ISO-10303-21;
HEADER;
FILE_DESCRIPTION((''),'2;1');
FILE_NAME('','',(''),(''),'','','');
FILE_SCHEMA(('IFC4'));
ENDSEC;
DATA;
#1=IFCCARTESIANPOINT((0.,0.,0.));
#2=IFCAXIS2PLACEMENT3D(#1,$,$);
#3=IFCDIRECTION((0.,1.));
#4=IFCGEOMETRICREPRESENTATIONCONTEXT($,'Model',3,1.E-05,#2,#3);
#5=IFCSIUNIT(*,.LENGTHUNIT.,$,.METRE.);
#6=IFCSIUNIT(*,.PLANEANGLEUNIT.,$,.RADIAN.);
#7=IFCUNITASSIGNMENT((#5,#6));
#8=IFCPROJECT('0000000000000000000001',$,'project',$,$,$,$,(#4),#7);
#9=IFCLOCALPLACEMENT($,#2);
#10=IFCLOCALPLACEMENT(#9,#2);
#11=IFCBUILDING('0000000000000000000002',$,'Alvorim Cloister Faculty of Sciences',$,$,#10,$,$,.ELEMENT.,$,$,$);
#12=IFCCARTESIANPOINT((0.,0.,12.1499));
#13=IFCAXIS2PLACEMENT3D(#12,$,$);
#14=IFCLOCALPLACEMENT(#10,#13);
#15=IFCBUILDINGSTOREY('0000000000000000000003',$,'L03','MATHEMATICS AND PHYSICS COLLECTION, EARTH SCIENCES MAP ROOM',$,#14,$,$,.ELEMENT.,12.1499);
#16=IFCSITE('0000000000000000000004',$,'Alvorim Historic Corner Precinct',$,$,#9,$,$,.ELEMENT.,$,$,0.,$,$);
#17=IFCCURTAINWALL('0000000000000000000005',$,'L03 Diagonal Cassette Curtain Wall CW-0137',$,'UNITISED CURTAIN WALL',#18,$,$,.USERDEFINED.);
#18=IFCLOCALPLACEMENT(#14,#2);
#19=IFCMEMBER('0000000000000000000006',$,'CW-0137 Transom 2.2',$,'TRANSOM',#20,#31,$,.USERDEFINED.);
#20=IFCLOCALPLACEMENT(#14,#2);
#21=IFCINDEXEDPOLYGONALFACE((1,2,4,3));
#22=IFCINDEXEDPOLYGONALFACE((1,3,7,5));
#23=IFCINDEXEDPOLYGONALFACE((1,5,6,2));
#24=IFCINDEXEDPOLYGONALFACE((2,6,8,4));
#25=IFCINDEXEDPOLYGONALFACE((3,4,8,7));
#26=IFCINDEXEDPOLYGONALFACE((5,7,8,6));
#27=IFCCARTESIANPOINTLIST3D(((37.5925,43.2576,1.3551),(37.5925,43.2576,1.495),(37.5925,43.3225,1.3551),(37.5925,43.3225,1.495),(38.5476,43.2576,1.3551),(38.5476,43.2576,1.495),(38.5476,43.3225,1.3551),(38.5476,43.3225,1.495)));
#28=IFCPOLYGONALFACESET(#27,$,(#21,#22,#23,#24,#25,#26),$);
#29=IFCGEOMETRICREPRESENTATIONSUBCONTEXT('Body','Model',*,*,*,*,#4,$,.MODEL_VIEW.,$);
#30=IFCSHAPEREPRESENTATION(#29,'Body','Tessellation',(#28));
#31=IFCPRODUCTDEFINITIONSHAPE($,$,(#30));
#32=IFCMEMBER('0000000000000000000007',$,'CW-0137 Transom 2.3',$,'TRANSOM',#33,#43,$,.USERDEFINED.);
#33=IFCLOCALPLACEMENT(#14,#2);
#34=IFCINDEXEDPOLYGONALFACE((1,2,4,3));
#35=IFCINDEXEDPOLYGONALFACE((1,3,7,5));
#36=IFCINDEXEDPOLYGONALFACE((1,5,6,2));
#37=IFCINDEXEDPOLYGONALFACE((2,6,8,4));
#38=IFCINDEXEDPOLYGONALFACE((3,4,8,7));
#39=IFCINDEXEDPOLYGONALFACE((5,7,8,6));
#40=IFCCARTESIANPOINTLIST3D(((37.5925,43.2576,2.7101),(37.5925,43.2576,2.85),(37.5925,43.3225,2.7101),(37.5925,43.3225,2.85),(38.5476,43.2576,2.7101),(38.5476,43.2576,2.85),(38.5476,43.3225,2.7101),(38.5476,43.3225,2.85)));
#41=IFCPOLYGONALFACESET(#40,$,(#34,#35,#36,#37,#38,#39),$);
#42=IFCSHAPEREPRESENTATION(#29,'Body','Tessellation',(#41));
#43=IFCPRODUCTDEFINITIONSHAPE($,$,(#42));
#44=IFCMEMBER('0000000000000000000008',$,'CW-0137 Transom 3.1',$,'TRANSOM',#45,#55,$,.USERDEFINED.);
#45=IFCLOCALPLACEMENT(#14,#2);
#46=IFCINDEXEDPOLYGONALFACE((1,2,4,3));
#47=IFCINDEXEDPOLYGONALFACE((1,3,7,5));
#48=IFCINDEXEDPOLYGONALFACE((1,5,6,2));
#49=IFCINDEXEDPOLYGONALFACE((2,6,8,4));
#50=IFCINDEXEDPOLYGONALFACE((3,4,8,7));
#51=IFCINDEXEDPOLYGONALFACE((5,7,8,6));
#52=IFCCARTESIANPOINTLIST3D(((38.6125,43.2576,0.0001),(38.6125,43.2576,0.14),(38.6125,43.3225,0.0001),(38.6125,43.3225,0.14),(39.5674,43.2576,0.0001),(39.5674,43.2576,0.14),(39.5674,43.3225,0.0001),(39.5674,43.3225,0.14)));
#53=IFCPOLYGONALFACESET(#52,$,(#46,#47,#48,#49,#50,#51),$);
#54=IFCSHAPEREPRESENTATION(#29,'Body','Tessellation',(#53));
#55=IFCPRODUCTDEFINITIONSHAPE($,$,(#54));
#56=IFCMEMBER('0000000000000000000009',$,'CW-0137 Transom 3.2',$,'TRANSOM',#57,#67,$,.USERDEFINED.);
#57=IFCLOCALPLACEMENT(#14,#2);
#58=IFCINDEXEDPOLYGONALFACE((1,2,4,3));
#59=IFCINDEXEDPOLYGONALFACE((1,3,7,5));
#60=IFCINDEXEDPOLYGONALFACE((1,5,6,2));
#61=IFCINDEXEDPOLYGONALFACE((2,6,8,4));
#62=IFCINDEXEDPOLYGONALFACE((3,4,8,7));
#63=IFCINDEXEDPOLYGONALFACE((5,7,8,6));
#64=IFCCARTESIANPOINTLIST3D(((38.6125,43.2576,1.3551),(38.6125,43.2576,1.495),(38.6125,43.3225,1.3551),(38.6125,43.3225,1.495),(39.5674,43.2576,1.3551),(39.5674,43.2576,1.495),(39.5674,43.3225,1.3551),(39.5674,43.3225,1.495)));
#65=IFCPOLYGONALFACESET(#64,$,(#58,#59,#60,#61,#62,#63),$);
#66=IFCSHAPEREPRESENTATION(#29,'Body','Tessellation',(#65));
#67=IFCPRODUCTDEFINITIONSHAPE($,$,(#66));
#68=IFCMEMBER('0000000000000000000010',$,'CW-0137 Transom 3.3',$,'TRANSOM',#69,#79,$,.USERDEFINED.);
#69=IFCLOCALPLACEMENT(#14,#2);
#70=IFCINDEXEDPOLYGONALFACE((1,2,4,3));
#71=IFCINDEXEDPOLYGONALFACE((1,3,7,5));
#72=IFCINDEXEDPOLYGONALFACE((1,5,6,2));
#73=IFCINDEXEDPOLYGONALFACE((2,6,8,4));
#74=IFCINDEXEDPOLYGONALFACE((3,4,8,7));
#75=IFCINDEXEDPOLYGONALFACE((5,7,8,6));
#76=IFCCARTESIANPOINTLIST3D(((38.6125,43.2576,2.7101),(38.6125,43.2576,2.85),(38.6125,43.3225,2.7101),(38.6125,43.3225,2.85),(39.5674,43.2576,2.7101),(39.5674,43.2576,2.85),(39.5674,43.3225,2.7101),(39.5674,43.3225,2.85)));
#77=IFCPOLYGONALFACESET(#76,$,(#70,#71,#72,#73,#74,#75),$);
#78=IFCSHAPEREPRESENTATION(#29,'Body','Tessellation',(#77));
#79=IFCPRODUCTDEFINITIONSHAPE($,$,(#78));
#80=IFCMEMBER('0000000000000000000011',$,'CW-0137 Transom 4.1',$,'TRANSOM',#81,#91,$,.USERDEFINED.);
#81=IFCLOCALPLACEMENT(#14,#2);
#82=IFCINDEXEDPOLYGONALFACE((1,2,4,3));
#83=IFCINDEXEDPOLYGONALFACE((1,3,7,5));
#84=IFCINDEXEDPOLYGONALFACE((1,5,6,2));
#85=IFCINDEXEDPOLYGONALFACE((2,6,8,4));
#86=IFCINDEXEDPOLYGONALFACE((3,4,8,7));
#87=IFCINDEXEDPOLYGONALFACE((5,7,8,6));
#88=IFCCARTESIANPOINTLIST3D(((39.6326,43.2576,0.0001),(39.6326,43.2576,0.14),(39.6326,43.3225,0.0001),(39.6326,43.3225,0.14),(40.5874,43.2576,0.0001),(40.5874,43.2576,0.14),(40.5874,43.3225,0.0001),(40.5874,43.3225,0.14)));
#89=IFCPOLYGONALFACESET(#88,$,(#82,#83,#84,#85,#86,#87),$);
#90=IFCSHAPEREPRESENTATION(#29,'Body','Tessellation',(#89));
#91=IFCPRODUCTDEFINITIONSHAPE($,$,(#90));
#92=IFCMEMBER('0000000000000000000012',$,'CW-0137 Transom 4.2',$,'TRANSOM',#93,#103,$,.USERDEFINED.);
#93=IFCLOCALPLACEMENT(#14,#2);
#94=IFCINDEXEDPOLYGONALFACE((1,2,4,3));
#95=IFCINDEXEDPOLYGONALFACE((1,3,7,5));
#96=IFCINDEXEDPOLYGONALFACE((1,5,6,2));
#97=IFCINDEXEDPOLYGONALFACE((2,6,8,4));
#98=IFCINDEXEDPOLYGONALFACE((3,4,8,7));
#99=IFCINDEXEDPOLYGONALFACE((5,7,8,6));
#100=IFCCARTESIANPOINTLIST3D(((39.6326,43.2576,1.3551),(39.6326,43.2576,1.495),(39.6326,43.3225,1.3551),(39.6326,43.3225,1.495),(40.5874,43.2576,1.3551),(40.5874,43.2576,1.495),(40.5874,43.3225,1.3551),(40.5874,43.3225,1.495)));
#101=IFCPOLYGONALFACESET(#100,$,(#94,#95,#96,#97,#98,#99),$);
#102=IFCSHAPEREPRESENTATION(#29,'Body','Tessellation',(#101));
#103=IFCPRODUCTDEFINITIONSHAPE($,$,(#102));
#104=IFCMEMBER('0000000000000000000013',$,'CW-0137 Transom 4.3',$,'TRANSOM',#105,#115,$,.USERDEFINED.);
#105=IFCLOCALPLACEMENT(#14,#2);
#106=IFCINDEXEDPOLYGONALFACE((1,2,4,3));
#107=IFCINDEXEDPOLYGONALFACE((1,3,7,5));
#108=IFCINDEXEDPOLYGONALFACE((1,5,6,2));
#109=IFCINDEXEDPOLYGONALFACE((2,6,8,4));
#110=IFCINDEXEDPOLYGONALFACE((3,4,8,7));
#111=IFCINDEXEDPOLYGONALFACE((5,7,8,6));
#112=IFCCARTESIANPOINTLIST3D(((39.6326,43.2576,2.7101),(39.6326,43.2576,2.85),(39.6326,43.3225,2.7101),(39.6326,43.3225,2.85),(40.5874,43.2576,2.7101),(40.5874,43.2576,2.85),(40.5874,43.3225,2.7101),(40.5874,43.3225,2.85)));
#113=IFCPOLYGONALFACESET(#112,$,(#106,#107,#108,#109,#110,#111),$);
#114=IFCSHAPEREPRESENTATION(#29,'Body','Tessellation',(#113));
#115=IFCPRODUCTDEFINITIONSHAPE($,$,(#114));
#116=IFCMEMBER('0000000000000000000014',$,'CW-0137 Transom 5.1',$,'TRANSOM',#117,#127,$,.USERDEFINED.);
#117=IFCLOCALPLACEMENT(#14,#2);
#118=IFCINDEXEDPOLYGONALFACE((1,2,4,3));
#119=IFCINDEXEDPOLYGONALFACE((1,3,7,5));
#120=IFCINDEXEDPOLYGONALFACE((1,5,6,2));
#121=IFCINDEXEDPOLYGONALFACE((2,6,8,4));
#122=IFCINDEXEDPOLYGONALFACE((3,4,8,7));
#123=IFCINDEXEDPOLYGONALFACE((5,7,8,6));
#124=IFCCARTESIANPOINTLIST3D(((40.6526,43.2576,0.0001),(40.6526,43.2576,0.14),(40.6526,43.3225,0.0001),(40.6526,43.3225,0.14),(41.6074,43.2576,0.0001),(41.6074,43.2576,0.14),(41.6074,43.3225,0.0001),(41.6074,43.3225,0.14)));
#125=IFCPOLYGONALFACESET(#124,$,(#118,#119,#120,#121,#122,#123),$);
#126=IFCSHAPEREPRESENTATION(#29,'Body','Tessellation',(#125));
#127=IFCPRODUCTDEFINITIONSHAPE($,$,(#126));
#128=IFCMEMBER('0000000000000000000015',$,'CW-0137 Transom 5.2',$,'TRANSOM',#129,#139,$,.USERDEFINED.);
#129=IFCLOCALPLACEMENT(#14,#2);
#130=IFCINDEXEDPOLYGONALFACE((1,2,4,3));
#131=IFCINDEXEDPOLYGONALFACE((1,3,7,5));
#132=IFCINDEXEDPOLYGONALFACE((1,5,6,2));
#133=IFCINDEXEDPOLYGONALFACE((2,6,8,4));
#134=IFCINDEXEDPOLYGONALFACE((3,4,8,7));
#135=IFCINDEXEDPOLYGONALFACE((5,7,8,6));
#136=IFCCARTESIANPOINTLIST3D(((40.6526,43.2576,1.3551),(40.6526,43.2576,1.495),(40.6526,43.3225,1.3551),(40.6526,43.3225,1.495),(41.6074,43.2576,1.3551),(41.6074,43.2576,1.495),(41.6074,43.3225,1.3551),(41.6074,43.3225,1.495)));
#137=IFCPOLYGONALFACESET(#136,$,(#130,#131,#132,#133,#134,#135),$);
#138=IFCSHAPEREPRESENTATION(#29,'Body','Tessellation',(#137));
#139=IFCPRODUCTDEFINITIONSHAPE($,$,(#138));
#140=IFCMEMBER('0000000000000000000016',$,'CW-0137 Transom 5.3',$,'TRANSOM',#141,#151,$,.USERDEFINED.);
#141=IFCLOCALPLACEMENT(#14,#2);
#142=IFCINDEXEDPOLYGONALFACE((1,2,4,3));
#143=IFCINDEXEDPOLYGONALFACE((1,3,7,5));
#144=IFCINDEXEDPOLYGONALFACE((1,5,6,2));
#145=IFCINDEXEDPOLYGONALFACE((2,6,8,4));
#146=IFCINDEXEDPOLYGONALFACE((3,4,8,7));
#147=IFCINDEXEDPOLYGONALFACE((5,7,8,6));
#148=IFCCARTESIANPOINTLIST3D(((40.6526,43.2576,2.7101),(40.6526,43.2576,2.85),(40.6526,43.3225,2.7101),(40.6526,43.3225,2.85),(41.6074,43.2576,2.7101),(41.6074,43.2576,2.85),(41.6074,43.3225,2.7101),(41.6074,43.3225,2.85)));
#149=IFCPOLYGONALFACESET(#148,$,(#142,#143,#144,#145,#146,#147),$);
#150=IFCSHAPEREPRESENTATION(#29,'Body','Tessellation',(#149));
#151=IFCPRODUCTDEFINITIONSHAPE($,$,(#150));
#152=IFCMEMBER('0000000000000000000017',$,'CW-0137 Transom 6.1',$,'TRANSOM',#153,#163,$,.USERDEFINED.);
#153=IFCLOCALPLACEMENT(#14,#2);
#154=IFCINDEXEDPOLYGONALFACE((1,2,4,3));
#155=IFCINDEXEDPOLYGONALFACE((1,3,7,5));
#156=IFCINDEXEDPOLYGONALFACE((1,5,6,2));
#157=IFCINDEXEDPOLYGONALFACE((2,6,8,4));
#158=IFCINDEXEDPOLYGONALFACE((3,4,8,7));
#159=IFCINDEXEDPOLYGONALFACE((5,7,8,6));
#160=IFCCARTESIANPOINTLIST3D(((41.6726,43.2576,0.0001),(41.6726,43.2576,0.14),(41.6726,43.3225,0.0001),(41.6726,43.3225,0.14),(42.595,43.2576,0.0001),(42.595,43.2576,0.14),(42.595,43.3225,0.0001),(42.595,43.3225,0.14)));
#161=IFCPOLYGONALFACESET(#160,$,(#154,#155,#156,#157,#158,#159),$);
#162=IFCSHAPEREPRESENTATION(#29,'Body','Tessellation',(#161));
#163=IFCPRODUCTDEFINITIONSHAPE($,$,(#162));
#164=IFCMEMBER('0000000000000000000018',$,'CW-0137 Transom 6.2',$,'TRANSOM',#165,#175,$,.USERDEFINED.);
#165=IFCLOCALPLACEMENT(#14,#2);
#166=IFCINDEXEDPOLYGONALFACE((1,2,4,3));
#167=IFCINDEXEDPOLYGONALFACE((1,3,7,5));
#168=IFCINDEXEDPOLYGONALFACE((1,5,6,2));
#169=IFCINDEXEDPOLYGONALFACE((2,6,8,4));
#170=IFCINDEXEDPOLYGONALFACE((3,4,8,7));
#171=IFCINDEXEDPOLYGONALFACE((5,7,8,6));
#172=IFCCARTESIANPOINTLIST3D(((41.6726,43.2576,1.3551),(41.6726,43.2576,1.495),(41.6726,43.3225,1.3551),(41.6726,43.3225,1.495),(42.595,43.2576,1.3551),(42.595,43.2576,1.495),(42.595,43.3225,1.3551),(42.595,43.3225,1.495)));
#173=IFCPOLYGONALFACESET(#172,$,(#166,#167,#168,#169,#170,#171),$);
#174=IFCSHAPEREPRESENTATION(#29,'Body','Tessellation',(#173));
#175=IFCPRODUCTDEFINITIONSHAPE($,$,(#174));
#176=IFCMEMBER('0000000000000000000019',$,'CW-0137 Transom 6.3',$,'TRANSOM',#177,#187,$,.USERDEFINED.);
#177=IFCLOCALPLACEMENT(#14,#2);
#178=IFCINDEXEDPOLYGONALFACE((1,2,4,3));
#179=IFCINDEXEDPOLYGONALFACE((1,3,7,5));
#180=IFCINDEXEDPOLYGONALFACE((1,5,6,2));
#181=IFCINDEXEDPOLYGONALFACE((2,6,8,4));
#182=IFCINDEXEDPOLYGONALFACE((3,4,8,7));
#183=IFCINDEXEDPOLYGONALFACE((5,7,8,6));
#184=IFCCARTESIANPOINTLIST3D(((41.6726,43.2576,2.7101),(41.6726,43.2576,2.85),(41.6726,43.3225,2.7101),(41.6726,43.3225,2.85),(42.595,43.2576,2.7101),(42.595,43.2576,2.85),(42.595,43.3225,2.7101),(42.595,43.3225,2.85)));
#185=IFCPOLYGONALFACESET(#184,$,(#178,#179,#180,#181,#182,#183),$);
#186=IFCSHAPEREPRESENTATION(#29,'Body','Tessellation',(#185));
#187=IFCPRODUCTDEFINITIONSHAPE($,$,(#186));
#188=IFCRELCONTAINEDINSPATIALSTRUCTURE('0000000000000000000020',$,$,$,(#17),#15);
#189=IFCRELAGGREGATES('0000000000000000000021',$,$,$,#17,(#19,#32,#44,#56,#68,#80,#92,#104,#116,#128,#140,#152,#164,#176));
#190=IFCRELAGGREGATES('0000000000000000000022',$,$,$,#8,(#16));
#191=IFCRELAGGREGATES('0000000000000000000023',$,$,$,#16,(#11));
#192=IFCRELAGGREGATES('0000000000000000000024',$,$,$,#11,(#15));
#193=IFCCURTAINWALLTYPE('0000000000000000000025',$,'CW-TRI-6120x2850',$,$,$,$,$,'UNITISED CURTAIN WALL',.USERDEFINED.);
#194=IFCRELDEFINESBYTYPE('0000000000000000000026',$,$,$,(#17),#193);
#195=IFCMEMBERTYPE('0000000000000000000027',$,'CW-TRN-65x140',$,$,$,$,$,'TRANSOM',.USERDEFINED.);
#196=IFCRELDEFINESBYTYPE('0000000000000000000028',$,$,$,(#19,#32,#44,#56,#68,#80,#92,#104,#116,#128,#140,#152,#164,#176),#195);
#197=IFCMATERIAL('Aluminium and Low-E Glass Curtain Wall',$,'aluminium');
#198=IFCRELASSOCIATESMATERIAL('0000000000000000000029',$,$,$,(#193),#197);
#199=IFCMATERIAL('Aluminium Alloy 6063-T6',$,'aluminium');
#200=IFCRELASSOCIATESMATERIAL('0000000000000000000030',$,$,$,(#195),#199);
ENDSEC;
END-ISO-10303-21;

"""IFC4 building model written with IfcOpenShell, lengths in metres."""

from ifc_helpers import new_model, si_unit, direction, frame, origin, origin_2d, place, context, subcontext, project, spatial, rectangle, extrude, material, material_profile, profile_set, type_object, element, aggregate, save


model = new_model("IFC4")

# Units and contexts
model_context = context("Model", 3, precision=1e-05, world=origin(), true_north=direction((0.0, 1.0)))
body_context = subcontext(model_context, "Body", "Model", "MODEL_VIEW")
ifc_project = project(units=[si_unit("LENGTHUNIT", "METRE"), si_unit("PLANEANGLEUNIT", "RADIAN")], contexts=[model_context])

# Site, building, storey
site_placement = place(None, origin())
site = spatial("IfcSite", under=ifc_project, at=site_placement, Name="Alvorim Historic Corner Precinct", CompositionType="ELEMENT", RefElevation=0.0)
building_placement = place(site_placement, origin())
building = spatial("IfcBuilding", under=site, at=building_placement, Name="Alvorim Cloister Faculty of Sciences", CompositionType="ELEMENT")
storey_placement = place(building_placement, frame((0.0, 0.0, 12.1499)))
storey = spatial("IfcBuildingStorey", under=building, at=storey_placement, Name="L03", Description="MATHEMATICS AND PHYSICS COLLECTION, EARTH SCIENCES MAP ROOM", CompositionType="ELEMENT", Elevation=12.1499)

# Curtain wall, members
ifc_material_1 = material(Name="Aluminium and Low-E Glass Curtain Wall", Category="aluminium")
curtain_wall_type = type_object("IfcCurtainWallType", Name="CW-TRI-6120x2850", ElementType="UNITISED CURTAIN WALL", PredefinedType="USERDEFINED", material=ifc_material_1)
curtain_wall_placement = place(storey_placement, origin())
curtain_wall = element("IfcCurtainWall", 1, at=curtain_wall_placement, inside=storey, type_object=curtain_wall_type, Name="L03 Diagonal Cassette Curtain Wall CW-0137", ObjectType="UNITISED CURTAIN WALL", PredefinedType="USERDEFINED")
ifc_material_2 = material(Name="Aluminium Alloy 6063-T6", Category="aluminium")
ifc_material_profile_1 = material_profile(ifc_material_2, rectangle(XDim=0.0649, YDim=0.1399, at=origin_2d()), Name="ALU-TRN-65x140")
ifc_profile_set_1 = profile_set([ifc_material_profile_1], Name="Aluminium Alloy 6063-T6")
member_type_1 = type_object("IfcMemberType", Name="CW-TRN-65x140", ElementType="TRANSOM", PredefinedType="USERDEFINED", material=ifc_profile_set_1)
member_1_placement = place(storey_placement, frame((37.5925, 43.29, 1.425), z_axis=(1.0, 0.0, 0.0), x_axis=(0.0, 1.0, 0.0)))
member_1 = element("IfcMember", 2, at=member_1_placement, type_object=member_type_1, Name="CW-0137 Transom 2.2", ObjectType="TRANSOM", PredefinedType="USERDEFINED", context=body_context, shape_type="SweptSolid", body=[
    extrude(rectangle(XDim=0.0649, YDim=0.1399, at=origin_2d()), origin(), (0.0, 0.0, 1.0), 0.9551),
])
member_2_placement = place(storey_placement, frame((37.5925, 43.29, 2.78), z_axis=(1.0, 0.0, 0.0), x_axis=(0.0, 1.0, 0.0)))
member_2 = element("IfcMember", 3, at=member_2_placement, type_object=member_type_1, Name="CW-0137 Transom 2.3", ObjectType="TRANSOM", PredefinedType="USERDEFINED", context=body_context, shape_type="SweptSolid", body=[
    extrude(rectangle(XDim=0.0649, YDim=0.1399, at=origin_2d()), origin(), (0.0, 0.0, 1.0), 0.9551),
])
member_3_placement = place(storey_placement, frame((38.6125, 43.29, 0.0701), z_axis=(1.0, 0.0, 0.0), x_axis=(0.0, 1.0, 0.0)))
member_3 = element("IfcMember", 4, at=member_3_placement, type_object=member_type_1, Name="CW-0137 Transom 3.1", ObjectType="TRANSOM", PredefinedType="USERDEFINED", context=body_context, shape_type="SweptSolid", body=[
    extrude(rectangle(XDim=0.0649, YDim=0.1399, at=origin_2d()), origin(), (0.0, 0.0, 1.0), 0.9548),
])
member_4_placement = place(storey_placement, frame((38.6125, 43.29, 1.425), z_axis=(1.0, 0.0, 0.0), x_axis=(0.0, 1.0, 0.0)))
member_4 = element("IfcMember", 5, at=member_4_placement, type_object=member_type_1, Name="CW-0137 Transom 3.2", ObjectType="TRANSOM", PredefinedType="USERDEFINED", context=body_context, shape_type="SweptSolid", body=[
    extrude(rectangle(XDim=0.0649, YDim=0.1399, at=origin_2d()), origin(), (0.0, 0.0, 1.0), 0.9548),
])
member_5_placement = place(storey_placement, frame((38.6125, 43.29, 2.78), z_axis=(1.0, 0.0, 0.0), x_axis=(0.0, 1.0, 0.0)))
member_5 = element("IfcMember", 6, at=member_5_placement, type_object=member_type_1, Name="CW-0137 Transom 3.3", ObjectType="TRANSOM", PredefinedType="USERDEFINED", context=body_context, shape_type="SweptSolid", body=[
    extrude(rectangle(XDim=0.0649, YDim=0.1399, at=origin_2d()), origin(), (0.0, 0.0, 1.0), 0.9548),
])
member_6_placement = place(storey_placement, frame((39.6326, 43.29, 0.0701), z_axis=(1.0, 0.0, 0.0), x_axis=(0.0, 1.0, 0.0)))
member_6 = element("IfcMember", 7, at=member_6_placement, type_object=member_type_1, Name="CW-0137 Transom 4.1", ObjectType="TRANSOM", PredefinedType="USERDEFINED", context=body_context, shape_type="SweptSolid", body=[
    extrude(rectangle(XDim=0.0649, YDim=0.1399, at=origin_2d()), origin(), (0.0, 0.0, 1.0), 0.9548),
])
member_7_placement = place(storey_placement, frame((39.6326, 43.29, 1.425), z_axis=(1.0, 0.0, 0.0), x_axis=(0.0, 1.0, 0.0)))
member_7 = element("IfcMember", 8, at=member_7_placement, type_object=member_type_1, Name="CW-0137 Transom 4.2", ObjectType="TRANSOM", PredefinedType="USERDEFINED", context=body_context, shape_type="SweptSolid", body=[
    extrude(rectangle(XDim=0.0649, YDim=0.1399, at=origin_2d()), origin(), (0.0, 0.0, 1.0), 0.9548),
])
member_8_placement = place(storey_placement, frame((39.6326, 43.29, 2.78), z_axis=(1.0, 0.0, 0.0), x_axis=(0.0, 1.0, 0.0)))
member_8 = element("IfcMember", 9, at=member_8_placement, type_object=member_type_1, Name="CW-0137 Transom 4.3", ObjectType="TRANSOM", PredefinedType="USERDEFINED", context=body_context, shape_type="SweptSolid", body=[
    extrude(rectangle(XDim=0.0649, YDim=0.1399, at=origin_2d()), origin(), (0.0, 0.0, 1.0), 0.9548),
])
member_9_placement = place(storey_placement, frame((40.6526, 43.29, 0.0701), z_axis=(1.0, 0.0, 0.0), x_axis=(0.0, 1.0, 0.0)))
member_9 = element("IfcMember", 10, at=member_9_placement, type_object=member_type_1, Name="CW-0137 Transom 5.1", ObjectType="TRANSOM", PredefinedType="USERDEFINED", context=body_context, shape_type="SweptSolid", body=[
    extrude(rectangle(XDim=0.0649, YDim=0.1399, at=origin_2d()), origin(), (0.0, 0.0, 1.0), 0.9548),
])
member_10_placement = place(storey_placement, frame((40.6526, 43.29, 1.425), z_axis=(1.0, 0.0, 0.0), x_axis=(0.0, 1.0, 0.0)))
member_10 = element("IfcMember", 11, at=member_10_placement, type_object=member_type_1, Name="CW-0137 Transom 5.2", ObjectType="TRANSOM", PredefinedType="USERDEFINED", context=body_context, shape_type="SweptSolid", body=[
    extrude(rectangle(XDim=0.0649, YDim=0.1399, at=origin_2d()), origin(), (0.0, 0.0, 1.0), 0.9548),
])
member_11_placement = place(storey_placement, frame((40.6526, 43.29, 2.78), z_axis=(1.0, 0.0, 0.0), x_axis=(0.0, 1.0, 0.0)))
member_11 = element("IfcMember", 12, at=member_11_placement, type_object=member_type_1, Name="CW-0137 Transom 5.3", ObjectType="TRANSOM", PredefinedType="USERDEFINED", context=body_context, shape_type="SweptSolid", body=[
    extrude(rectangle(XDim=0.0649, YDim=0.1399, at=origin_2d()), origin(), (0.0, 0.0, 1.0), 0.9548),
])
member_12_placement = place(storey_placement, frame((41.6726, 43.29, 0.0701), z_axis=(1.0, 0.0, 0.0), x_axis=(0.0, 1.0, 0.0)))
member_12 = element("IfcMember", 13, at=member_12_placement, type_object=member_type_1, Name="CW-0137 Transom 6.1", ObjectType="TRANSOM", PredefinedType="USERDEFINED", context=body_context, shape_type="SweptSolid", body=[
    extrude(rectangle(XDim=0.0649, YDim=0.1399, at=origin_2d()), origin(), (0.0, 0.0, 1.0), 0.9224),
])
member_13_placement = place(storey_placement, frame((41.6726, 43.29, 1.425), z_axis=(1.0, 0.0, 0.0), x_axis=(0.0, 1.0, 0.0)))
member_13 = element("IfcMember", 14, at=member_13_placement, type_object=member_type_1, Name="CW-0137 Transom 6.2", ObjectType="TRANSOM", PredefinedType="USERDEFINED", context=body_context, shape_type="SweptSolid", body=[
    extrude(rectangle(XDim=0.0649, YDim=0.1399, at=origin_2d()), origin(), (0.0, 0.0, 1.0), 0.9224),
])
member_14_placement = place(storey_placement, frame((41.6726, 43.29, 2.78), z_axis=(1.0, 0.0, 0.0), x_axis=(0.0, 1.0, 0.0)))
member_14 = element("IfcMember", 15, at=member_14_placement, type_object=member_type_1, Name="CW-0137 Transom 6.3", ObjectType="TRANSOM", PredefinedType="USERDEFINED", context=body_context, shape_type="SweptSolid", body=[
    extrude(rectangle(XDim=0.0649, YDim=0.1399, at=origin_2d()), origin(), (0.0, 0.0, 1.0), 0.9224),
])
aggregate(curtain_wall, [member_1, member_2, member_3, member_4, member_5, member_6, member_7, member_8, member_9, member_10, member_11, member_12, member_13, member_14])

save(model, "model.ifc")
